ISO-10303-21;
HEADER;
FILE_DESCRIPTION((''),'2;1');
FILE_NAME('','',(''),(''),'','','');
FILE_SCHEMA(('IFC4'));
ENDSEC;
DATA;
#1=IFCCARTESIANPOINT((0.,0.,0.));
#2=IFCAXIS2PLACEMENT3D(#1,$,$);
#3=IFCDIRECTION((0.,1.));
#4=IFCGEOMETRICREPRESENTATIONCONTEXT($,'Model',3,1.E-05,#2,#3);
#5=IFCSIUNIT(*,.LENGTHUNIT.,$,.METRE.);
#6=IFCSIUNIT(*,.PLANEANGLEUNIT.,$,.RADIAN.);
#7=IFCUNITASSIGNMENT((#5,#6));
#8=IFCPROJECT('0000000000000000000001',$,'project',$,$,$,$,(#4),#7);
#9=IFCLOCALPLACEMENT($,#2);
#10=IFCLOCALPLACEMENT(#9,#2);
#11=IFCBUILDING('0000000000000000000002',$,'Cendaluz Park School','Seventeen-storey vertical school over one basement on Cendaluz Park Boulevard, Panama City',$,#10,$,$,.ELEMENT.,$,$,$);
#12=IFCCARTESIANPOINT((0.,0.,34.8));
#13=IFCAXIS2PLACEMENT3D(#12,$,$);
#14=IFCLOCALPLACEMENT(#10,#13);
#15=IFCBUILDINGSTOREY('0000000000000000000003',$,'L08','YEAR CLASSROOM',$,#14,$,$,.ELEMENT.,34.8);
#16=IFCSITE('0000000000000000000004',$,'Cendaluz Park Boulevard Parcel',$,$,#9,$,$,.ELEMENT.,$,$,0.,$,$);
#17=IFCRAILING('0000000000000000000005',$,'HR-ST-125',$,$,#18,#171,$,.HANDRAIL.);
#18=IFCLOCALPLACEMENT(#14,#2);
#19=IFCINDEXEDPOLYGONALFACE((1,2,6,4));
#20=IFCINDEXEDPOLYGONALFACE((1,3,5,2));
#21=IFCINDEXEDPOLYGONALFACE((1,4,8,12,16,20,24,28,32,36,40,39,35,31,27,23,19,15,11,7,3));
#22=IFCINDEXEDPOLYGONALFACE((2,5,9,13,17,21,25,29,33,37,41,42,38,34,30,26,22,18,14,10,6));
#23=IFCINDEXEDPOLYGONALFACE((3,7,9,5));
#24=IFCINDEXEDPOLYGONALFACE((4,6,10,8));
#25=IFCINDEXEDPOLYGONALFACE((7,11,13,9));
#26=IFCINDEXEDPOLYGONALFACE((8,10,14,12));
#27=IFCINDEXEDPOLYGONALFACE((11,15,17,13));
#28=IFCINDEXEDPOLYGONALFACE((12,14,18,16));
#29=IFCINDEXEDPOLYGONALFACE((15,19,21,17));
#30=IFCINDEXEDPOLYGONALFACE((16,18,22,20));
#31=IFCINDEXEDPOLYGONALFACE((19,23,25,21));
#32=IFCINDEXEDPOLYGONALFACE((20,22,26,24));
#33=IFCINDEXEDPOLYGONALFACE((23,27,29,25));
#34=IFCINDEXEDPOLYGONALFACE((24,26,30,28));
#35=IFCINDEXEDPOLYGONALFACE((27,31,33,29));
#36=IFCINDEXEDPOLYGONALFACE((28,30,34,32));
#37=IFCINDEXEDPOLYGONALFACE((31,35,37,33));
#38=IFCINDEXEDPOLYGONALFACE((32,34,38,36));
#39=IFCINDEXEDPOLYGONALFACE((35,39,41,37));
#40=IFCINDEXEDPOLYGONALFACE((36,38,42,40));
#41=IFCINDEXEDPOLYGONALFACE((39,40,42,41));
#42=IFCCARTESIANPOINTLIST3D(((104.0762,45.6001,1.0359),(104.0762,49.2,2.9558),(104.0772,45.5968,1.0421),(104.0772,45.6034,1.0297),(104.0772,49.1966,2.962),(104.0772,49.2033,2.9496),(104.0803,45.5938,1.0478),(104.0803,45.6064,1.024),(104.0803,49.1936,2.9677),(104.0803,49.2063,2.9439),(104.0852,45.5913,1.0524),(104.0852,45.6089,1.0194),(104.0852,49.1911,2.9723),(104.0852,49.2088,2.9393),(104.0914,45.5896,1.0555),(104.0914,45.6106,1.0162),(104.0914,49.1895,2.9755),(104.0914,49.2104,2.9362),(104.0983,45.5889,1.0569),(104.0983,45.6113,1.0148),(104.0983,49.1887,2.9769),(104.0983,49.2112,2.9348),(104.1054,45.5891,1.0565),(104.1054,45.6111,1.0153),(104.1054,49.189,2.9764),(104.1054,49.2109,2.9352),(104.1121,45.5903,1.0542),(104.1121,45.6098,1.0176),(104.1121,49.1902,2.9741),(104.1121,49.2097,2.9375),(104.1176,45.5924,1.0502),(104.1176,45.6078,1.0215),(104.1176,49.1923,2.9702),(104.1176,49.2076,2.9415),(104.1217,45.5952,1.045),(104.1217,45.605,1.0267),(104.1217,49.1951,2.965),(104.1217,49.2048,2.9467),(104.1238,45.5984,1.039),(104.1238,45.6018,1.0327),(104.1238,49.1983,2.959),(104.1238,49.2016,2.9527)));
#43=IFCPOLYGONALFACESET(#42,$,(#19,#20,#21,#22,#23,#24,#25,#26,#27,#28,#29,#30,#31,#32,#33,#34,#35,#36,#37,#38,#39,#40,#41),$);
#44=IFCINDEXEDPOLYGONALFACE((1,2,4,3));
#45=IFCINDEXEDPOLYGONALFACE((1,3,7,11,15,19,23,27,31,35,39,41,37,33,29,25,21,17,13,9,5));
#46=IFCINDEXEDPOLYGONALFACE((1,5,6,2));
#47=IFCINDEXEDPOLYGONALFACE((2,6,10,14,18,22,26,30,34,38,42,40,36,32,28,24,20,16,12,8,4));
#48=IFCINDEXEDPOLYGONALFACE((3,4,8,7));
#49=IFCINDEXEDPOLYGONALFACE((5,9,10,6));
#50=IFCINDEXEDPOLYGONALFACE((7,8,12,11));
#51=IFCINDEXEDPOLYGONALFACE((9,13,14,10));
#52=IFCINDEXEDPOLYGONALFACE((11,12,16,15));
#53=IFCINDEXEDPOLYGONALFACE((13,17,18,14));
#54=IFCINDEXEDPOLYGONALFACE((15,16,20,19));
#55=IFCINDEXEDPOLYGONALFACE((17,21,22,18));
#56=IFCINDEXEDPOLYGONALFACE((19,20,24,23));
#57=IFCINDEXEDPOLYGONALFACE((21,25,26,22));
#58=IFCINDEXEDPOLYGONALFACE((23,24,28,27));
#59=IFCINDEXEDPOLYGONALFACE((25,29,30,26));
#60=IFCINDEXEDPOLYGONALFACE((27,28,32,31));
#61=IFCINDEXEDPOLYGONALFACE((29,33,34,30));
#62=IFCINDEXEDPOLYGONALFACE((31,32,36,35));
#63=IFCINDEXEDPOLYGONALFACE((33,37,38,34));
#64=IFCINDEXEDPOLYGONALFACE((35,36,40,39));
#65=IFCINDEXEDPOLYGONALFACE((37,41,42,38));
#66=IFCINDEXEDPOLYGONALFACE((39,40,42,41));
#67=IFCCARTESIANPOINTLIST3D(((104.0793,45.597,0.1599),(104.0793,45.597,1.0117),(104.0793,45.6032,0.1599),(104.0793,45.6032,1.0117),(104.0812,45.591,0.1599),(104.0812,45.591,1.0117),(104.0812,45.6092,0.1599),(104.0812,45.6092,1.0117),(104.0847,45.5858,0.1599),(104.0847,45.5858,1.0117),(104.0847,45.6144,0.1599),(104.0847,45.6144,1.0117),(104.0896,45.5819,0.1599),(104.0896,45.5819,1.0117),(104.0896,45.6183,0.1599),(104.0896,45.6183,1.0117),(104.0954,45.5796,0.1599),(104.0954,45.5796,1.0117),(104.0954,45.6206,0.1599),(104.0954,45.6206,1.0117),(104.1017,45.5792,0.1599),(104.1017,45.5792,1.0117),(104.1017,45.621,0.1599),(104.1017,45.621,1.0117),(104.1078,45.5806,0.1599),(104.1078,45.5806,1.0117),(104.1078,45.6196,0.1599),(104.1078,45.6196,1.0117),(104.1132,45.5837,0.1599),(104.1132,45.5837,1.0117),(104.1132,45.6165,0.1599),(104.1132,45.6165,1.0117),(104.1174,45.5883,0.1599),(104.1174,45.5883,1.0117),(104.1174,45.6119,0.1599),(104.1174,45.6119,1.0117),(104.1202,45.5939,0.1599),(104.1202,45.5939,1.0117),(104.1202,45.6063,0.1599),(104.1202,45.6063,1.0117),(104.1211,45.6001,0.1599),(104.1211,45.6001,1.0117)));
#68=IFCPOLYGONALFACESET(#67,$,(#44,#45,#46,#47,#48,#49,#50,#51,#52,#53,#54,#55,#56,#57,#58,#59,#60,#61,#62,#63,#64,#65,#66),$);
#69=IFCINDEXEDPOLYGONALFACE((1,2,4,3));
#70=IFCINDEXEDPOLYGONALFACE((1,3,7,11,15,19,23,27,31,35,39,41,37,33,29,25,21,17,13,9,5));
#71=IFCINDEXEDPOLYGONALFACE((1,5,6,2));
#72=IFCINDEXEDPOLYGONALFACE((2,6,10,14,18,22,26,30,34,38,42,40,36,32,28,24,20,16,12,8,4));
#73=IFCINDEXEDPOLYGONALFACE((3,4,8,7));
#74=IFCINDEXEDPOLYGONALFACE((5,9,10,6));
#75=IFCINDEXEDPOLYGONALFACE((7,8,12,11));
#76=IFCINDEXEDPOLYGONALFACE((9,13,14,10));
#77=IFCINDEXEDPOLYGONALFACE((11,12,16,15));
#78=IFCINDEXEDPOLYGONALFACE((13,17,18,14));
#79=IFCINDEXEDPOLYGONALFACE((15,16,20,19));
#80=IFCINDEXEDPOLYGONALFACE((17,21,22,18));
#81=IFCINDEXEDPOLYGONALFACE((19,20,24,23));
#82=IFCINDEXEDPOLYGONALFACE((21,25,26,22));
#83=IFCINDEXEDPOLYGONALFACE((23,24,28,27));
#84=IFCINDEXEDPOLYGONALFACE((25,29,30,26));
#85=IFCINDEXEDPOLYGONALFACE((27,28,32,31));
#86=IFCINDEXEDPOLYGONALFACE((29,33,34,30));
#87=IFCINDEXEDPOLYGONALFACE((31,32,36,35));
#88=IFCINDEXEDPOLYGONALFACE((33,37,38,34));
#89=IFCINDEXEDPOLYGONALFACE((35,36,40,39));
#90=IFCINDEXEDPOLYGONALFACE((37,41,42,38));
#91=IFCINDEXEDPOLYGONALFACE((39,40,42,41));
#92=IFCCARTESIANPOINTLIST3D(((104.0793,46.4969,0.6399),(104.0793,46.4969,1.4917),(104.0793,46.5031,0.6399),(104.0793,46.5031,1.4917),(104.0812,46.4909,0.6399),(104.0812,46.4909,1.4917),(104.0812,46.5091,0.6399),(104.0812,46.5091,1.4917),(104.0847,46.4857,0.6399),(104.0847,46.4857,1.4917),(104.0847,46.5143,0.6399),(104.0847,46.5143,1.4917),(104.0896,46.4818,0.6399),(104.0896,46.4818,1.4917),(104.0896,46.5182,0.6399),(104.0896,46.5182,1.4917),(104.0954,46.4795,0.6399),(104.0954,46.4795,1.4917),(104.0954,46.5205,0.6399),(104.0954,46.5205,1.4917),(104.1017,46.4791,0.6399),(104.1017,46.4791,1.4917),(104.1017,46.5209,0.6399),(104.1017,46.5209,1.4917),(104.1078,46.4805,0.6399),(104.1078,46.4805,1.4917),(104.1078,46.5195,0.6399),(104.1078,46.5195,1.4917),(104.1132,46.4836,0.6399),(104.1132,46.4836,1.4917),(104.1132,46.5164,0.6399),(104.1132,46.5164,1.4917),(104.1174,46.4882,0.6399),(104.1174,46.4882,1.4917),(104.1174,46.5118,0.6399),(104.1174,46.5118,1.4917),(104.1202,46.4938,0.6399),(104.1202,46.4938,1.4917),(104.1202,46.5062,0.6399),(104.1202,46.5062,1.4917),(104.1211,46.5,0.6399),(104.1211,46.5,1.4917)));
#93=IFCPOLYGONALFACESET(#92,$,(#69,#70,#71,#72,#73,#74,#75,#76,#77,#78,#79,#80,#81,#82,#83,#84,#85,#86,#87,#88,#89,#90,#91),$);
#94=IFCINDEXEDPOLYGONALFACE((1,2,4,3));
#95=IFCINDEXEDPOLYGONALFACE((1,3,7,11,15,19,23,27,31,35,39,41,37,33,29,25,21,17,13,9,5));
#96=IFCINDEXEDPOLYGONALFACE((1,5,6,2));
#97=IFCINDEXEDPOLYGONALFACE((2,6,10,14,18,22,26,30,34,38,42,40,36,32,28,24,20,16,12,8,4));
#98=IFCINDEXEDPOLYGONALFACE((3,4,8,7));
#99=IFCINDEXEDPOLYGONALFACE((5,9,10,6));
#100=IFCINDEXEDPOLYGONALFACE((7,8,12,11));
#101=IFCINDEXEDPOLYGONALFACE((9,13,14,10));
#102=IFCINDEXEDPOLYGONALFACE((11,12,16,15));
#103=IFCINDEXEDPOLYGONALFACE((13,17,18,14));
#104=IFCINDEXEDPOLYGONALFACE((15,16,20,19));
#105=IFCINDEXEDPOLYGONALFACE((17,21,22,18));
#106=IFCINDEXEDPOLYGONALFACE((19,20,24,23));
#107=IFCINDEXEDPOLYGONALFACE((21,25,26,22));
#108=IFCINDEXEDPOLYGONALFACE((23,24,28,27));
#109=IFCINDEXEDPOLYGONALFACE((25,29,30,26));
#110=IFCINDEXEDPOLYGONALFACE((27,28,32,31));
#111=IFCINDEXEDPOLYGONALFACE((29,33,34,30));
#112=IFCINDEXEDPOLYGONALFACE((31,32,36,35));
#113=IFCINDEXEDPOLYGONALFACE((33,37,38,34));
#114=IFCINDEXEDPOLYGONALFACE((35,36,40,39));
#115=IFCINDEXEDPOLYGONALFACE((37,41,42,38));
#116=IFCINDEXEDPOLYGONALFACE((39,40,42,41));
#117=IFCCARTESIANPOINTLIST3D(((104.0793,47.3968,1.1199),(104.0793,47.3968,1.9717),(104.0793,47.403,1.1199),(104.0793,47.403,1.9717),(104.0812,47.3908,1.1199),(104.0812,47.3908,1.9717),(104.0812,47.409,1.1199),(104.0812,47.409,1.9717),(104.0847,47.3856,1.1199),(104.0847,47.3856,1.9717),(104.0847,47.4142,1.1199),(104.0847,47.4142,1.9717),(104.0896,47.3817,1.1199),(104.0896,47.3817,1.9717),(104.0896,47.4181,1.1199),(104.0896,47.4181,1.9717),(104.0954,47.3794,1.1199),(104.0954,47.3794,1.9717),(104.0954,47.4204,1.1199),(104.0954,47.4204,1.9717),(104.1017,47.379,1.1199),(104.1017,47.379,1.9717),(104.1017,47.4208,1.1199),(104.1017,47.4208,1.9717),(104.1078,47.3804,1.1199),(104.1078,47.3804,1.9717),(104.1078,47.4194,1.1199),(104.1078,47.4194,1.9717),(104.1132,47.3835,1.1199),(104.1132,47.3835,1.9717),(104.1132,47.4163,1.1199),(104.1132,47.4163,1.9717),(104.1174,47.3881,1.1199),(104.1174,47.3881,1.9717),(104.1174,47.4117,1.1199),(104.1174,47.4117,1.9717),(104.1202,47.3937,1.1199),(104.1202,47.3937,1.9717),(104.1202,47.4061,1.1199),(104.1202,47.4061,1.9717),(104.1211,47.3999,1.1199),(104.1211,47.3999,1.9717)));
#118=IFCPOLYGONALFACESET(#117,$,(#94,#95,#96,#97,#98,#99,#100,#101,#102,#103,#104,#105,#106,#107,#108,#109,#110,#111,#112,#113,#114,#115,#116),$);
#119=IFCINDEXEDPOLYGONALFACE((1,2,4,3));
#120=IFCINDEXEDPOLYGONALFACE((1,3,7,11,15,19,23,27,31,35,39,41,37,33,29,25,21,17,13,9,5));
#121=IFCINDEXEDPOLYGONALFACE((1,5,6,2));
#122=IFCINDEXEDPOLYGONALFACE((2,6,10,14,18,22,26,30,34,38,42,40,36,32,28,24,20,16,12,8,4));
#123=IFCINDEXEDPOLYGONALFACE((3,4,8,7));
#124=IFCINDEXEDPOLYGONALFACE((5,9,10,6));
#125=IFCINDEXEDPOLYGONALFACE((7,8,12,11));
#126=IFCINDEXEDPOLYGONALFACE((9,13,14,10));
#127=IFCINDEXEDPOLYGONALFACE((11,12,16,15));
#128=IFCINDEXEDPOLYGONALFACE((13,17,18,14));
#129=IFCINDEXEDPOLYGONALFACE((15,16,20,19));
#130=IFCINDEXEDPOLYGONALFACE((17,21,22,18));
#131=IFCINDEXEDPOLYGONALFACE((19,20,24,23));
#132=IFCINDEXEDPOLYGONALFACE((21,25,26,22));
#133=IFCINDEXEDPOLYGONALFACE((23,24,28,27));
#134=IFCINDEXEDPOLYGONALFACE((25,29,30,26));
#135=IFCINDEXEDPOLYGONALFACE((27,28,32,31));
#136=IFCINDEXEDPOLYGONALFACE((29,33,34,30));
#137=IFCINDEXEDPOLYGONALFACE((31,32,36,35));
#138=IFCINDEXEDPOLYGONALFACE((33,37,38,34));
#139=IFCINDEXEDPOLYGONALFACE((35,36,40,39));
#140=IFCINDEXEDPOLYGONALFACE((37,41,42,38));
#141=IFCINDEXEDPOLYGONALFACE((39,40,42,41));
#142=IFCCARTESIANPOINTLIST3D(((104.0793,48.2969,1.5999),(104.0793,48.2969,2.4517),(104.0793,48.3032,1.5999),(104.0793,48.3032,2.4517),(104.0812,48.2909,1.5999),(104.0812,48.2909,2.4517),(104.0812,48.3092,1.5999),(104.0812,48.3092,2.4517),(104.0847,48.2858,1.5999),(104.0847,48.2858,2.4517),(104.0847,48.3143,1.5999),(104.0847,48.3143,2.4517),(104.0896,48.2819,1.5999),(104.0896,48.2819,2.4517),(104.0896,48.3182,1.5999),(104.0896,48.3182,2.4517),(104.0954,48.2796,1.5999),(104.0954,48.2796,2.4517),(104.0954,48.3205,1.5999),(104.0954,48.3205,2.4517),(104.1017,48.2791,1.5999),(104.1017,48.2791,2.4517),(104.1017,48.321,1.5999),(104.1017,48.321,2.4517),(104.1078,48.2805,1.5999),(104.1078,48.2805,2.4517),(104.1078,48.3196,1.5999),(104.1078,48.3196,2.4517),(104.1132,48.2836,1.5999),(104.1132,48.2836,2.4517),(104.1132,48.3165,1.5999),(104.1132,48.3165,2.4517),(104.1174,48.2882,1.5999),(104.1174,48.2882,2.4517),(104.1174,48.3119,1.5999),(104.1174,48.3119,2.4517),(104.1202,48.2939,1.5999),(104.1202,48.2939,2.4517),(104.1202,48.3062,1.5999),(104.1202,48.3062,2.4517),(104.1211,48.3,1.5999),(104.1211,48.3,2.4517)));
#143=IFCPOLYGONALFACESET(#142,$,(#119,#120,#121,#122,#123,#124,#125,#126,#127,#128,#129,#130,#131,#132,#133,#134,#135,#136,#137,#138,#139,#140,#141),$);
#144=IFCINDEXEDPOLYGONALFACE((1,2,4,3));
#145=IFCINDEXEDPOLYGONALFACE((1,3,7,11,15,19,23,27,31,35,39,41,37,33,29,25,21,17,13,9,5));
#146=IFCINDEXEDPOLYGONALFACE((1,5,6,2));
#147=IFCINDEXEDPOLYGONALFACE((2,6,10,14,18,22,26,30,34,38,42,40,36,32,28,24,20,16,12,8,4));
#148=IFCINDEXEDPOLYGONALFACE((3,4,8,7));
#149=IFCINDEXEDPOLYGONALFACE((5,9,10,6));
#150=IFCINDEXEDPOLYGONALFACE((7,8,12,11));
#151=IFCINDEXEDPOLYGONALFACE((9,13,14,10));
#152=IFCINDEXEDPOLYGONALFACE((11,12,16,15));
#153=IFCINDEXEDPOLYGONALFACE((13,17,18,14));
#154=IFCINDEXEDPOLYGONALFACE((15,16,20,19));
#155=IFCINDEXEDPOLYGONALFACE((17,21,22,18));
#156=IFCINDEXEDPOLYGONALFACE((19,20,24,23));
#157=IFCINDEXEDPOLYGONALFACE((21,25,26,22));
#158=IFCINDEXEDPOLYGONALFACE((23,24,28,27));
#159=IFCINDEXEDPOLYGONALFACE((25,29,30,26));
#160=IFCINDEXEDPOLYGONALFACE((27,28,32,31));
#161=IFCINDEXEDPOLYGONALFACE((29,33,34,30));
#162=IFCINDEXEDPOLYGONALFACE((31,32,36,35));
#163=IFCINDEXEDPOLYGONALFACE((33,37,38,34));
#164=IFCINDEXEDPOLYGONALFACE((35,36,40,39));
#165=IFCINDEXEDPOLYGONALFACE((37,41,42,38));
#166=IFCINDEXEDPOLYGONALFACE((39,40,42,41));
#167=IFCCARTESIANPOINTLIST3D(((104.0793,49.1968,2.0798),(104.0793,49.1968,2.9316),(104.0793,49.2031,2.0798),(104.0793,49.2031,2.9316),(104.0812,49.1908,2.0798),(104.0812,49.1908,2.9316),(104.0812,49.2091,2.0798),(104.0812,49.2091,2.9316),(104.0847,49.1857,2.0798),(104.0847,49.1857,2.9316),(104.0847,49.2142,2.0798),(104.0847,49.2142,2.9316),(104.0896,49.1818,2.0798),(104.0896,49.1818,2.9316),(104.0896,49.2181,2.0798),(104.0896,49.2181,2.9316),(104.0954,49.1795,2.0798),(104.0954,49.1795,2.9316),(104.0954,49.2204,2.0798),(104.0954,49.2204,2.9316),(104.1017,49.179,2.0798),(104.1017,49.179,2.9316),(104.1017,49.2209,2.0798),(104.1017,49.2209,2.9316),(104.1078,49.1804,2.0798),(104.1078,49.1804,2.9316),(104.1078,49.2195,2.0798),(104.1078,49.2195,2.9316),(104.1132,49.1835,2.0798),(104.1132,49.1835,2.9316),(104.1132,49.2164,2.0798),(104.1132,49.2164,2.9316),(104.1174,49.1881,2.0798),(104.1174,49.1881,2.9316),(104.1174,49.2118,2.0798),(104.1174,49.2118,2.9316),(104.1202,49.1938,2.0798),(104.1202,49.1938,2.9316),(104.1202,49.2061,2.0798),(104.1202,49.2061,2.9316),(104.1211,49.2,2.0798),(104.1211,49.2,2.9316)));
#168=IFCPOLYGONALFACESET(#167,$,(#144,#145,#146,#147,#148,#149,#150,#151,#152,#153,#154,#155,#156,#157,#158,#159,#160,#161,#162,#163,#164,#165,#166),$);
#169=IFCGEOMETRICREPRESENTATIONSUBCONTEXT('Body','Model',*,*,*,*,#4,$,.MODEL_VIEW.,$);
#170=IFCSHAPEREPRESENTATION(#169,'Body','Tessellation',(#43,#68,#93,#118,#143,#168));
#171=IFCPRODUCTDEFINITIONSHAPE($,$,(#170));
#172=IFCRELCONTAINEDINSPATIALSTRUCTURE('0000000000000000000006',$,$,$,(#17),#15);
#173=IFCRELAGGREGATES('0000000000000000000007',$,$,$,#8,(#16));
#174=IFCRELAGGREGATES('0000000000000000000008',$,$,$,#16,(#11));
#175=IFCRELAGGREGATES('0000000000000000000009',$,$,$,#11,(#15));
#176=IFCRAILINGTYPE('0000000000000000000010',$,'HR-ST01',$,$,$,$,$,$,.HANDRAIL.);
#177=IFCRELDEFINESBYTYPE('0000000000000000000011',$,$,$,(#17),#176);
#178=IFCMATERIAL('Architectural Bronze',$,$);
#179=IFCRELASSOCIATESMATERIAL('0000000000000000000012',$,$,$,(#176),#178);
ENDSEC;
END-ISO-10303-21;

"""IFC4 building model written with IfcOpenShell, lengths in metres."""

from ifc_helpers import new_model, si_unit, direction, frame, origin, origin_2d, place, context, subcontext, project, spatial, circle, extrude, material, type_object, element, save


model = new_model("IFC4")

# Units and contexts
model_context = context("Model", 3, precision=1e-05, world=origin(), true_north=direction((0.0, 1.0)))
body_context = subcontext(model_context, "Body", "Model", "MODEL_VIEW")
ifc_project = project(units=[si_unit("LENGTHUNIT", "METRE"), si_unit("PLANEANGLEUNIT", "RADIAN")], contexts=[model_context])

# Site, building, storey
site_placement = place(None, origin())
site = spatial("IfcSite", under=ifc_project, at=site_placement, Name="Cendaluz Park Boulevard Parcel", CompositionType="ELEMENT", RefElevation=0.0)
building_placement = place(site_placement, origin())
building = spatial("IfcBuilding", under=site, at=building_placement, Name="Cendaluz Park School", Description="Seventeen-storey vertical school over one basement on Cendaluz Park Boulevard, Panama City", CompositionType="ELEMENT")
storey_placement = place(building_placement, frame((0.0, 0.0, 34.8)))
storey = spatial("IfcBuildingStorey", under=building, at=storey_placement, Name="L08", Description="YEAR CLASSROOM", CompositionType="ELEMENT", Elevation=34.8)

# Railing
ifc_material_1 = material(Name="Architectural Bronze")
railing_type_1 = type_object("IfcRailingType", Name="HR-ST01", PredefinedType="HANDRAIL", material=ifc_material_1)
railing_1_placement = place(storey_placement, frame((104.1001, 45.6001, 0.1599)))
element("IfcRailing", 1, at=railing_1_placement, inside=storey, type_object=railing_type_1, Name="HR-ST-125", PredefinedType="HANDRAIL", context=body_context, shape_type="SweptSolid", body=[
    extrude(circle(Radius=0.0239, at=origin_2d()), frame((0.0, 0.0, 0.876), z_axis=(0.0, 0.882353, 0.470588), x_axis=(-1.0, 0.0, 0.0)), (0.0, 0.0, 1.0), 4.0798),
    extrude(circle(Radius=0.021, at=origin_2d()), origin(), (0.0, 0.0, 1.0), 0.8518),
    extrude(circle(Radius=0.021, at=origin_2d()), frame((0.0, 0.8999, 0.48)), (0.0, 0.0, 1.0), 0.8518),
    extrude(circle(Radius=0.021, at=origin_2d()), frame((0.0, 1.7998, 0.96)), (0.0, 0.0, 1.0), 0.8518),
    extrude(circle(Radius=0.021, at=origin_2d()), frame((0.0, 2.7, 1.4399)), (0.0, 0.0, 1.0), 0.8518),
    extrude(circle(Radius=0.021, at=origin_2d()), frame((0.0, 3.5999, 1.9199)), (0.0, 0.0, 1.0), 0.8518),
])

save(model, "model.ifc")
